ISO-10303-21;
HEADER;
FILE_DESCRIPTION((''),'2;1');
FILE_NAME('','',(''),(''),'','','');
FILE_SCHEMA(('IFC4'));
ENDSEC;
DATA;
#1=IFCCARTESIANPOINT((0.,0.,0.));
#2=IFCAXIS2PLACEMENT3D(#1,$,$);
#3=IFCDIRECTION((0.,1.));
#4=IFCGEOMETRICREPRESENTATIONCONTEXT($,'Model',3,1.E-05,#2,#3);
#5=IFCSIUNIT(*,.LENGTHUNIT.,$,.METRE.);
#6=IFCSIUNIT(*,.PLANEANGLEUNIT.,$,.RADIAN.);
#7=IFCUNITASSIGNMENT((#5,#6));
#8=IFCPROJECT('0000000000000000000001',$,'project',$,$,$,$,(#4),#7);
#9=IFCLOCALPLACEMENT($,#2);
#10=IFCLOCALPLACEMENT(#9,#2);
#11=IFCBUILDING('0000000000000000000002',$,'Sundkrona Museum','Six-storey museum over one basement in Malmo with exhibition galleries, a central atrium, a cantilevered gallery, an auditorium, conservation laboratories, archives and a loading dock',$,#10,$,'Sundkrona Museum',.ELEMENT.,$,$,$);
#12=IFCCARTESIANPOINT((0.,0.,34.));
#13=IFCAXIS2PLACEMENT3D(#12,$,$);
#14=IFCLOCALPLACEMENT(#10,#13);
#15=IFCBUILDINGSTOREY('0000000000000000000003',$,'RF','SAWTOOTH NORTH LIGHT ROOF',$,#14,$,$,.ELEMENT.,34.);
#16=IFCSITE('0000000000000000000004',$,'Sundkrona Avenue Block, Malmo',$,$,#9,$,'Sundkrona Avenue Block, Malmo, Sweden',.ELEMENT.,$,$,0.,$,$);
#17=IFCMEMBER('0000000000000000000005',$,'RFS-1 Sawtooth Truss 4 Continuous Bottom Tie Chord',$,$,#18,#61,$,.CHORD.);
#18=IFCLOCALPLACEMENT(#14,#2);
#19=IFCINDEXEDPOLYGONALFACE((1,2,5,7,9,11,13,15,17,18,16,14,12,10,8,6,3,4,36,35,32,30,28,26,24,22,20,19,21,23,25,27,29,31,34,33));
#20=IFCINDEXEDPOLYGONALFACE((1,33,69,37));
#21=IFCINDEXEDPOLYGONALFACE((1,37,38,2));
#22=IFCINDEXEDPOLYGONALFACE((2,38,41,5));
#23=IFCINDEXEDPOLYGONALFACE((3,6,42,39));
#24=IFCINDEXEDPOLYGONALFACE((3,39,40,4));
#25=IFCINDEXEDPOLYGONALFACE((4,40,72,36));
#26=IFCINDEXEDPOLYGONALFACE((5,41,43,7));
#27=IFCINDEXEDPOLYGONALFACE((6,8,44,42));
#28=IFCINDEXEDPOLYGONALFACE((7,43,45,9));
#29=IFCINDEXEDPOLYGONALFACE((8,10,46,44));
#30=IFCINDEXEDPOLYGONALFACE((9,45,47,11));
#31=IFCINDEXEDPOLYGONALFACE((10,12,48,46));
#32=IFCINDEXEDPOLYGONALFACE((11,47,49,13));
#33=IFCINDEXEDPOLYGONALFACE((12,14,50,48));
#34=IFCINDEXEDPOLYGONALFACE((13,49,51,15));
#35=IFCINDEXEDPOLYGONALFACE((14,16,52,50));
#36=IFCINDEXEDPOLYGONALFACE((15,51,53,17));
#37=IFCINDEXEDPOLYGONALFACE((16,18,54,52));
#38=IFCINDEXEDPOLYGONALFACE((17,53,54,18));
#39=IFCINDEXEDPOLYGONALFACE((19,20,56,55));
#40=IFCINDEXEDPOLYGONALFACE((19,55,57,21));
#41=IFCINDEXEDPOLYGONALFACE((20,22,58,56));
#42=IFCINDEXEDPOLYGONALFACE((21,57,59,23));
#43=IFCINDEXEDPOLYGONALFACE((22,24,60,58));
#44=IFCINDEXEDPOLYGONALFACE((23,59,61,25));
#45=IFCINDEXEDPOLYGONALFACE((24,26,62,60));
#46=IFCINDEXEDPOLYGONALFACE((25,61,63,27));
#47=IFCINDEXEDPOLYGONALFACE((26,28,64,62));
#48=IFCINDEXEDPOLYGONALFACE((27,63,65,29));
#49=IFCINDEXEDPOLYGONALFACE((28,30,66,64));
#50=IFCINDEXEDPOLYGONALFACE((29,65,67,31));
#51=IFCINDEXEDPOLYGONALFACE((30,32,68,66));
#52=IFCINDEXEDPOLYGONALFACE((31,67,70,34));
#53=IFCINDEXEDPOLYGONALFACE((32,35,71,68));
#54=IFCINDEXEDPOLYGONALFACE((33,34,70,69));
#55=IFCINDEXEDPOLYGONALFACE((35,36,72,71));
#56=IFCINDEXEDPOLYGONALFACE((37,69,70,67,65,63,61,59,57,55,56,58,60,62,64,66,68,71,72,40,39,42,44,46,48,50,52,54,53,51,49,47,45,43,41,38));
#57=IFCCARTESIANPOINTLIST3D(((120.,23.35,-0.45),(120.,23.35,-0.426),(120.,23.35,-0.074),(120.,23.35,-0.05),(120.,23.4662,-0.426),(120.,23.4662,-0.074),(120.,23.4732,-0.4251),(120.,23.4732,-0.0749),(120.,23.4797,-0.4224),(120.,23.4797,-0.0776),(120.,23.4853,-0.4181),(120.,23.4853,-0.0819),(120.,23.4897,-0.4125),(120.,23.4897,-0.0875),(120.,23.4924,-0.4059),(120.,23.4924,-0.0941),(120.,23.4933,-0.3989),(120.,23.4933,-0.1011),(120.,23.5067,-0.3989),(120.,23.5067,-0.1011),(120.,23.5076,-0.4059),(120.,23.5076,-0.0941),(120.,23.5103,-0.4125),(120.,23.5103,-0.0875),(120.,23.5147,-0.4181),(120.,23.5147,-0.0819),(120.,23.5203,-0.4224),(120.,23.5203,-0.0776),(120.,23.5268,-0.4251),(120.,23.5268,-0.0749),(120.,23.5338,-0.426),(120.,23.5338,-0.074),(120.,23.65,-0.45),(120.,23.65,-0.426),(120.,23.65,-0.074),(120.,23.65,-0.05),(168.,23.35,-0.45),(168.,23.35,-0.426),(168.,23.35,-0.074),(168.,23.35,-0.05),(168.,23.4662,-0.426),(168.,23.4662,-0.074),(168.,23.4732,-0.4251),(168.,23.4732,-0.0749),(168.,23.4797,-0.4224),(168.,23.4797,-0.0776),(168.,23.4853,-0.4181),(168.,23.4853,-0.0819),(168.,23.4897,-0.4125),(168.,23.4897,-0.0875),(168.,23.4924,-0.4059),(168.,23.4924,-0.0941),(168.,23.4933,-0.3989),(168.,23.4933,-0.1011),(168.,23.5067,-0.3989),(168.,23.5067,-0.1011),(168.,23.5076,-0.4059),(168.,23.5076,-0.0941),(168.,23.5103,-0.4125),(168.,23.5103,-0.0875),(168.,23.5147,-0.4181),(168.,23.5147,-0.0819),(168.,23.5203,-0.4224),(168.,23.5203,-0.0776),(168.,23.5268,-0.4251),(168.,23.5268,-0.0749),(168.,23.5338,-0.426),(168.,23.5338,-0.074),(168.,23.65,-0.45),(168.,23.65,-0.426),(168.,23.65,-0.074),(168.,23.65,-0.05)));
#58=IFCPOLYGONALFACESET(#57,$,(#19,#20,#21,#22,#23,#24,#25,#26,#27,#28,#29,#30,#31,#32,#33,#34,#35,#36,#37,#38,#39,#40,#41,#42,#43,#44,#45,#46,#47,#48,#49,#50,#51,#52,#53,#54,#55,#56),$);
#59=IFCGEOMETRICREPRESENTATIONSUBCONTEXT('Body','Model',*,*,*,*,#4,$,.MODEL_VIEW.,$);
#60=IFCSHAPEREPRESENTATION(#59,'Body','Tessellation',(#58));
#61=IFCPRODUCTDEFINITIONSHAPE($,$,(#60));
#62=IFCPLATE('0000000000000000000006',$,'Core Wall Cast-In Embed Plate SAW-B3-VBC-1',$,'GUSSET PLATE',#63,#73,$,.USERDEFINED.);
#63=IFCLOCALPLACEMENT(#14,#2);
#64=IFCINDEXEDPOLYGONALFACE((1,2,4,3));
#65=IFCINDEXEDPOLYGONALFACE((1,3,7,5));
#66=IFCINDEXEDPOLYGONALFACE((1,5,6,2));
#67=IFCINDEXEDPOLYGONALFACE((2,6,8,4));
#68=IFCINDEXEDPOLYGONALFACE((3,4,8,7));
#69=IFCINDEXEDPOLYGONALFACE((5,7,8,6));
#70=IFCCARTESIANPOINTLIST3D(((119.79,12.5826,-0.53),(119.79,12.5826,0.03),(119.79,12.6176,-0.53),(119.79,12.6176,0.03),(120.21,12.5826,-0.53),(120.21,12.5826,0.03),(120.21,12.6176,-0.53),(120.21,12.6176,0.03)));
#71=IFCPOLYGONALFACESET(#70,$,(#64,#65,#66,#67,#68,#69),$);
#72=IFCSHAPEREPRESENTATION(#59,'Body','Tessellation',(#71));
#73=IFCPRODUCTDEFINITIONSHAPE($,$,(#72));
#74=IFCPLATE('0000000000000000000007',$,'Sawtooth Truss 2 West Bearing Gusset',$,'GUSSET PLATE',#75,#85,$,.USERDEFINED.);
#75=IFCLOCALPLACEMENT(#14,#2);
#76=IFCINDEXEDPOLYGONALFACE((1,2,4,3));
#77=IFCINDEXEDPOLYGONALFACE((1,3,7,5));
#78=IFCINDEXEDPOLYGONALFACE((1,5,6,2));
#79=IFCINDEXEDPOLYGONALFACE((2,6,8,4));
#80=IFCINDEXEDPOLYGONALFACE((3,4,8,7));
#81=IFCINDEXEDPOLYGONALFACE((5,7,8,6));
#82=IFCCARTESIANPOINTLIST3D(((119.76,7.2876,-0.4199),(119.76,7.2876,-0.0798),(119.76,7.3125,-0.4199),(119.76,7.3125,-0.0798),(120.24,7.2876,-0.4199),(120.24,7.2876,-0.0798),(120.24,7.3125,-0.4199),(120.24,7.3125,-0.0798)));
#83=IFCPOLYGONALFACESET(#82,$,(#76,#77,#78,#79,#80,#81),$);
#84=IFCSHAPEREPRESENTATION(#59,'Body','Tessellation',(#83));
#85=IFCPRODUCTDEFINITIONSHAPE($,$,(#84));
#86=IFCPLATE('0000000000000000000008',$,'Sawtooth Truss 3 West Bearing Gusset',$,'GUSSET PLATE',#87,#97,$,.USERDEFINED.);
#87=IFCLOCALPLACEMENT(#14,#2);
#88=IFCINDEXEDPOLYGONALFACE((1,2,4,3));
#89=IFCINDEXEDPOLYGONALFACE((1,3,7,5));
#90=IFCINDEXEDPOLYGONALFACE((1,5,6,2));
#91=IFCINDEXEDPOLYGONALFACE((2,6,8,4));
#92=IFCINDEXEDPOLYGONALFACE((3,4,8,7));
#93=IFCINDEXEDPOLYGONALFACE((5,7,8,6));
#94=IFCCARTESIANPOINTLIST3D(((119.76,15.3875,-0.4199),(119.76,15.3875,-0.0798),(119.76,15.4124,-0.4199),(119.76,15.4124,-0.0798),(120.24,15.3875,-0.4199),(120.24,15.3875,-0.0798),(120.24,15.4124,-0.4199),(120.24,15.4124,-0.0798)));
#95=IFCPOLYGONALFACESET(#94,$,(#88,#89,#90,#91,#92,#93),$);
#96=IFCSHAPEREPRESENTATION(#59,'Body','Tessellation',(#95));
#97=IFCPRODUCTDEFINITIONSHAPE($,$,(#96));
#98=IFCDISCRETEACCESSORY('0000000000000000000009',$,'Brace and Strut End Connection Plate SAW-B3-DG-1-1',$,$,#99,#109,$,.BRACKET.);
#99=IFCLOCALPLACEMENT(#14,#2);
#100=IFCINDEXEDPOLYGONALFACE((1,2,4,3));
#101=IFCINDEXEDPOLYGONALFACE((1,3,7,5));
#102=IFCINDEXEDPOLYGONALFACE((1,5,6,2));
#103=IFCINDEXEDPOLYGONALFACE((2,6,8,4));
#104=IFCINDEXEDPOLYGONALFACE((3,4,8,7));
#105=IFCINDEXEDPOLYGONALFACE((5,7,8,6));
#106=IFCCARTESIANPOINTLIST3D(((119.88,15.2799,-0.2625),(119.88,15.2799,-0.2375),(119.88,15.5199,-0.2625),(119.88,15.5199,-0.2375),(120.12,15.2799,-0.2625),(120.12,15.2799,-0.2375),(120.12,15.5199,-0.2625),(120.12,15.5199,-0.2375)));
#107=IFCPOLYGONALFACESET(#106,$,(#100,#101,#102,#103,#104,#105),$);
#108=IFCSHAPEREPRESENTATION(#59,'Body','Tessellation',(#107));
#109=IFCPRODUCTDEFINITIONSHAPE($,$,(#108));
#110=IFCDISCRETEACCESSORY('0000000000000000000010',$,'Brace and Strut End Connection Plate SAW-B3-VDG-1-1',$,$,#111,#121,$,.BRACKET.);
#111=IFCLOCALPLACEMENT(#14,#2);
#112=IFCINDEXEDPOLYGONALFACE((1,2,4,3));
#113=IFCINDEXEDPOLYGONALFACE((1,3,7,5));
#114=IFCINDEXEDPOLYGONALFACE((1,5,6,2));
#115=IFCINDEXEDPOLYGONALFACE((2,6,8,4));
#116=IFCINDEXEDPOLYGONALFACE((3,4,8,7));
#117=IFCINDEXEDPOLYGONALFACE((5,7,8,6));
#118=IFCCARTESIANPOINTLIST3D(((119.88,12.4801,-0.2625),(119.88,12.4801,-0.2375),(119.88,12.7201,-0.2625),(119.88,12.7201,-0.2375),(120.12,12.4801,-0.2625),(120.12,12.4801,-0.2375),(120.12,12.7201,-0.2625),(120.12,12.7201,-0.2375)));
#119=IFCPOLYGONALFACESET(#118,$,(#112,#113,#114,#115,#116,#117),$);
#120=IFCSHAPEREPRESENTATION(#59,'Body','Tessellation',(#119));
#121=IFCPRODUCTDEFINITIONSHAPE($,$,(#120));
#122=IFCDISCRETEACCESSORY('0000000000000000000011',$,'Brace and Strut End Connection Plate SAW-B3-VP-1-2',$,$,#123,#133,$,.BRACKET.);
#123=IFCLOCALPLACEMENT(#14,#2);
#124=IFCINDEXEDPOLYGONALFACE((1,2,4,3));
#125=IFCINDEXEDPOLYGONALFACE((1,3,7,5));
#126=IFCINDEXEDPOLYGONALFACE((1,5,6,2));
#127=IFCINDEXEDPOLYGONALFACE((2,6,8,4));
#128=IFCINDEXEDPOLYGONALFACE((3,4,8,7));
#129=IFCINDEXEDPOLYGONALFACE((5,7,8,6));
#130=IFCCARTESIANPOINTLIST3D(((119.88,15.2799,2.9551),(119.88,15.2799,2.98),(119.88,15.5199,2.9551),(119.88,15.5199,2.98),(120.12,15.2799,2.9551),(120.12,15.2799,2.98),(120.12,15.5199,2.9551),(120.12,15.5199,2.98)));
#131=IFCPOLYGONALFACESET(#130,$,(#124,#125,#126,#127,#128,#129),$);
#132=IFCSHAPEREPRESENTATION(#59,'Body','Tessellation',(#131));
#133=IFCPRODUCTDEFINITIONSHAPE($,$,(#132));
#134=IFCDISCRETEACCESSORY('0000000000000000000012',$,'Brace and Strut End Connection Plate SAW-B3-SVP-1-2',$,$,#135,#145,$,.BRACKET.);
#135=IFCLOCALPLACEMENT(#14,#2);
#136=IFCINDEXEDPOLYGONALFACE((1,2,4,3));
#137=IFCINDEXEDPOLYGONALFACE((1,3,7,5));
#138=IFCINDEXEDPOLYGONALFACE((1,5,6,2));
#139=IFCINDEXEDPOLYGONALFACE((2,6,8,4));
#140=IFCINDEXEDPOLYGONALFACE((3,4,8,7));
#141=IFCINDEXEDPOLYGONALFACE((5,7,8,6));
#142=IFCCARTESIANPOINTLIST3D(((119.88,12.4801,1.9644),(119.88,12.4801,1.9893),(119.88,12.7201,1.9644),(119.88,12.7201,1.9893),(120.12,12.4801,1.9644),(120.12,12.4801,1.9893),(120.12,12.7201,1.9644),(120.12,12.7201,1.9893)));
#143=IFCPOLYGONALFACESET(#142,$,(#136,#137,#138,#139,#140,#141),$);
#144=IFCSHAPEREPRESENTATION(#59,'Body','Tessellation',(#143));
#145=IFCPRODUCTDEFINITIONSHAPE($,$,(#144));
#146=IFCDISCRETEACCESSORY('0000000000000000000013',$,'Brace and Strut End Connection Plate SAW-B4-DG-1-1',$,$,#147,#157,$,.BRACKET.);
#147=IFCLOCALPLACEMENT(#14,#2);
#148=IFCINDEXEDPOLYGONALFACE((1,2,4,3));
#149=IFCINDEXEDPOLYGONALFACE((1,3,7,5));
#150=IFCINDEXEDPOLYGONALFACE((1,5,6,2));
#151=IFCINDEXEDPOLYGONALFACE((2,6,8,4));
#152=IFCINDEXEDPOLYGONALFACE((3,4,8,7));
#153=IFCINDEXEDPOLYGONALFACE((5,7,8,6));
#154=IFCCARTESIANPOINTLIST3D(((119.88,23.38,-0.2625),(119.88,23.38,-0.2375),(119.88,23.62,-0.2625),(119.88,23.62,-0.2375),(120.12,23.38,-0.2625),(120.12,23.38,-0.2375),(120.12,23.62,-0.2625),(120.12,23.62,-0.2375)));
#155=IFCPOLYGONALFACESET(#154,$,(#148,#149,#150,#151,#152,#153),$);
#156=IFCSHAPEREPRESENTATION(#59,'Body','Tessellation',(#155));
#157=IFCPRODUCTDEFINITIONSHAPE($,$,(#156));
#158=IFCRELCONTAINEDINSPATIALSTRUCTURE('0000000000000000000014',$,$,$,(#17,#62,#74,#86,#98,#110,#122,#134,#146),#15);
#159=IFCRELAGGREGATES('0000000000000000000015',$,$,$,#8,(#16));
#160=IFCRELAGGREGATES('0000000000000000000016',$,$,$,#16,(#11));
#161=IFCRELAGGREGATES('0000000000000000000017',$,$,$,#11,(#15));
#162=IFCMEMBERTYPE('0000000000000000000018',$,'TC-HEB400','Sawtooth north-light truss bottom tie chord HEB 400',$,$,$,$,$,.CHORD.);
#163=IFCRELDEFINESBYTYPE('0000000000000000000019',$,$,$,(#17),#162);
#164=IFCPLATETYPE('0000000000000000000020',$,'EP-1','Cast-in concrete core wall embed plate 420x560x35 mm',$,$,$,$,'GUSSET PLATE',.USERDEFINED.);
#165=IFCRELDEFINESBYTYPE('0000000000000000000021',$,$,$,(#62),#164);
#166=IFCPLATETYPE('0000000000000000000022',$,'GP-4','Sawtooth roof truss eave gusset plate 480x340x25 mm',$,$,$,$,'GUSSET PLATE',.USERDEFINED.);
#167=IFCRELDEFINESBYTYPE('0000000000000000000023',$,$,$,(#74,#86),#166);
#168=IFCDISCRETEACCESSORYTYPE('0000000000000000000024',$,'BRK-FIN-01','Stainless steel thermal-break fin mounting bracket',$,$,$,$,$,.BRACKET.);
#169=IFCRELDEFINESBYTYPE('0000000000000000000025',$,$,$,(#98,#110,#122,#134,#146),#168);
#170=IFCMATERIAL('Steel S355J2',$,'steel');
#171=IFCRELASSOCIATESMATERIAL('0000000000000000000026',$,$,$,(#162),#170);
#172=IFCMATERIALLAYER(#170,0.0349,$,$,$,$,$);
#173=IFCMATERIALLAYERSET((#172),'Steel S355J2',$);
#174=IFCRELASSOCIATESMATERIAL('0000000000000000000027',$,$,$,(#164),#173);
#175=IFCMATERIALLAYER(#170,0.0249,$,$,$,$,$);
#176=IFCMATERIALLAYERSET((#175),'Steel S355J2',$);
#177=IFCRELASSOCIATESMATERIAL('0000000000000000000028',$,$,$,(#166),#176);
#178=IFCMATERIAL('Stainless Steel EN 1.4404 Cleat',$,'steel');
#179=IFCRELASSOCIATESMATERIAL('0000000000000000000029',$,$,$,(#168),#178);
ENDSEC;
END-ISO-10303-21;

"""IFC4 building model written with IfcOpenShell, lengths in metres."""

from ifc_helpers import new_model, si_unit, direction, frame, origin, origin_2d, place, context, subcontext, project, spatial, rectangle, i_section, extrude, material, layer, layer_set, material_profile, profile_set, type_object, element, save


model = new_model("IFC4")

# Units and contexts
model_context = context("Model", 3, precision=1e-05, world=origin(), true_north=direction((0.0, 1.0)))
body_context = subcontext(model_context, "Body", "Model", "MODEL_VIEW")
ifc_project = project(units=[si_unit("LENGTHUNIT", "METRE"), si_unit("PLANEANGLEUNIT", "RADIAN")], contexts=[model_context])

# Site, building, storey
site_placement = place(None, origin())
site = spatial("IfcSite", under=ifc_project, at=site_placement, Name="Sundkrona Avenue Block, Malmo", LongName="Sundkrona Avenue Block, Malmo, Sweden", CompositionType="ELEMENT", RefElevation=0.0)
building_placement = place(site_placement, origin())
building = spatial("IfcBuilding", under=site, at=building_placement, Name="Sundkrona Museum", Description="Six-storey museum over one basement in Malmo with exhibition galleries, a central atrium, a cantilevered gallery, an auditorium, conservation laboratories, archives and a loading dock", LongName="Sundkrona Museum", CompositionType="ELEMENT")
storey_placement = place(building_placement, frame((0.0, 0.0, 34.0)))
storey = spatial("IfcBuildingStorey", under=building, at=storey_placement, Name="RF", Description="SAWTOOTH NORTH LIGHT ROOF", CompositionType="ELEMENT", Elevation=34.0)

# Member
ifc_material_1 = material(Name="Steel S355J2", Category="steel")
ifc_material_profile_1 = material_profile(ifc_material_1, i_section(OverallWidth=0.3, OverallDepth=0.3999, WebThickness=0.0134, FlangeThickness=0.0239, FilletRadius=0.0271, at=origin_2d()), Name="HEB 400")
ifc_profile_set_1 = profile_set([ifc_material_profile_1], Name="Steel S355J2")
member_type_1 = type_object("IfcMemberType", Name="TC-HEB400", Description="Sawtooth north-light truss bottom tie chord HEB 400", PredefinedType="CHORD", material=ifc_profile_set_1)
for number, where, z_axis, x_axis, name in (
    (1, (120.0, 23.5, -0.25), (1.0, 0.0, 0.0), (0.0, 1.0, 0.0), "RFS-1 Sawtooth Truss 4 Continuous Bottom Tie Chord"),
):
    element("IfcMember", number, at=place(storey_placement, frame(where, z_axis=z_axis, x_axis=x_axis)), inside=storey, type_object=member_type_1, Name=name, PredefinedType="CHORD", context=body_context, shape_type="SweptSolid", body=[
        extrude(i_section(OverallWidth=0.3, OverallDepth=0.3999, WebThickness=0.0134, FlangeThickness=0.0239, FilletRadius=0.0271, at=origin_2d()), origin(), (0.0, 0.0, 1.0), 48.0),
    ])

# Plates
ifc_layer_1 = layer(ifc_material_1, 0.0349)
ifc_layer_set_1 = layer_set([ifc_layer_1], Name="Steel S355J2")
plate_type_1 = type_object("IfcPlateType", Name="EP-1", Description="Cast-in concrete core wall embed plate 420x560x35 mm", ElementType="GUSSET PLATE", PredefinedType="USERDEFINED", material=ifc_layer_set_1)
plate_placement = place(storey_placement, frame((120.0, 12.6001, -0.53), z_axis=(0.0, 0.0, 1.0), x_axis=(1.0, 0.0, 0.0)))
element("IfcPlate", 2, at=plate_placement, inside=storey, type_object=plate_type_1, Name="Core Wall Cast-In Embed Plate SAW-B3-VBC-1", ObjectType="GUSSET PLATE", PredefinedType="USERDEFINED", context=body_context, shape_type="SweptSolid", body=[
    extrude(rectangle(XDim=0.4199, YDim=0.0349, at=origin_2d()), origin(), (0.0, 0.0, 1.0), 0.5601),
])
ifc_layer_2 = layer(ifc_material_1, 0.0249)
ifc_layer_set_2 = layer_set([ifc_layer_2], Name="Steel S355J2")
plate_type_2 = type_object("IfcPlateType", Name="GP-4", Description="Sawtooth roof truss eave gusset plate 480x340x25 mm", ElementType="GUSSET PLATE", PredefinedType="USERDEFINED", material=ifc_layer_set_2)
for number, where, z_axis, x_axis, name in (
    (3, (120.0, 7.3, -0.4199), (0.0, 0.0, 1.0), (1.0, 0.0, 0.0), "Sawtooth Truss 2 West Bearing Gusset"),
    (4, (120.0, 15.3999, -0.4199), (0.0, 0.0, 1.0), (1.0, 0.0, 0.0), "Sawtooth Truss 3 West Bearing Gusset"),
):
    element("IfcPlate", number, at=place(storey_placement, frame(where, z_axis=z_axis, x_axis=x_axis)), inside=storey, type_object=plate_type_2, Name=name, ObjectType="GUSSET PLATE", PredefinedType="USERDEFINED", context=body_context, shape_type="SweptSolid", body=[
        extrude(rectangle(XDim=0.48, YDim=0.0249, at=origin_2d()), origin(), (0.0, 0.0, 1.0), 0.3401),
    ])

# Discrete accessories
ifc_material_2 = material(Name="Stainless Steel EN 1.4404 Cleat", Category="steel")
discrete_accessory_type = type_object("IfcDiscreteAccessoryType", Name="BRK-FIN-01", Description="Stainless steel thermal-break fin mounting bracket", PredefinedType="BRACKET", material=ifc_material_2)
for number, where, z_axis, x_axis, name in (
    (5, (120.0, 15.3999, -0.2625), (0.0, 0.0, 1.0), (1.0, 0.0, 0.0), "Brace and Strut End Connection Plate SAW-B3-DG-1-1"),
    (6, (120.0, 12.6001, -0.2625), (0.0, 0.0, 1.0), (1.0, 0.0, 0.0), "Brace and Strut End Connection Plate SAW-B3-VDG-1-1"),
    (7, (120.0, 15.3999, 2.9551), (0.0, 0.0, 1.0), (1.0, 0.0, 0.0), "Brace and Strut End Connection Plate SAW-B3-VP-1-2"),
    (8, (120.0, 12.6001, 1.9644), (0.0, 0.0, 1.0), (1.0, 0.0, 0.0), "Brace and Strut End Connection Plate SAW-B3-SVP-1-2"),
    (9, (120.0, 23.5, -0.2625), (0.0, 0.0, 1.0), (1.0, 0.0, 0.0), "Brace and Strut End Connection Plate SAW-B4-DG-1-1"),
):
    element("IfcDiscreteAccessory", number, at=place(storey_placement, frame(where, z_axis=z_axis, x_axis=x_axis)), inside=storey, type_object=discrete_accessory_type, Name=name, PredefinedType="BRACKET", context=body_context, shape_type="SweptSolid", body=[
        extrude(rectangle(XDim=0.24, YDim=0.24, at=origin_2d()), origin(), (0.0, 0.0, 1.0), 0.0249),
    ])

save(model, "model.ifc")
